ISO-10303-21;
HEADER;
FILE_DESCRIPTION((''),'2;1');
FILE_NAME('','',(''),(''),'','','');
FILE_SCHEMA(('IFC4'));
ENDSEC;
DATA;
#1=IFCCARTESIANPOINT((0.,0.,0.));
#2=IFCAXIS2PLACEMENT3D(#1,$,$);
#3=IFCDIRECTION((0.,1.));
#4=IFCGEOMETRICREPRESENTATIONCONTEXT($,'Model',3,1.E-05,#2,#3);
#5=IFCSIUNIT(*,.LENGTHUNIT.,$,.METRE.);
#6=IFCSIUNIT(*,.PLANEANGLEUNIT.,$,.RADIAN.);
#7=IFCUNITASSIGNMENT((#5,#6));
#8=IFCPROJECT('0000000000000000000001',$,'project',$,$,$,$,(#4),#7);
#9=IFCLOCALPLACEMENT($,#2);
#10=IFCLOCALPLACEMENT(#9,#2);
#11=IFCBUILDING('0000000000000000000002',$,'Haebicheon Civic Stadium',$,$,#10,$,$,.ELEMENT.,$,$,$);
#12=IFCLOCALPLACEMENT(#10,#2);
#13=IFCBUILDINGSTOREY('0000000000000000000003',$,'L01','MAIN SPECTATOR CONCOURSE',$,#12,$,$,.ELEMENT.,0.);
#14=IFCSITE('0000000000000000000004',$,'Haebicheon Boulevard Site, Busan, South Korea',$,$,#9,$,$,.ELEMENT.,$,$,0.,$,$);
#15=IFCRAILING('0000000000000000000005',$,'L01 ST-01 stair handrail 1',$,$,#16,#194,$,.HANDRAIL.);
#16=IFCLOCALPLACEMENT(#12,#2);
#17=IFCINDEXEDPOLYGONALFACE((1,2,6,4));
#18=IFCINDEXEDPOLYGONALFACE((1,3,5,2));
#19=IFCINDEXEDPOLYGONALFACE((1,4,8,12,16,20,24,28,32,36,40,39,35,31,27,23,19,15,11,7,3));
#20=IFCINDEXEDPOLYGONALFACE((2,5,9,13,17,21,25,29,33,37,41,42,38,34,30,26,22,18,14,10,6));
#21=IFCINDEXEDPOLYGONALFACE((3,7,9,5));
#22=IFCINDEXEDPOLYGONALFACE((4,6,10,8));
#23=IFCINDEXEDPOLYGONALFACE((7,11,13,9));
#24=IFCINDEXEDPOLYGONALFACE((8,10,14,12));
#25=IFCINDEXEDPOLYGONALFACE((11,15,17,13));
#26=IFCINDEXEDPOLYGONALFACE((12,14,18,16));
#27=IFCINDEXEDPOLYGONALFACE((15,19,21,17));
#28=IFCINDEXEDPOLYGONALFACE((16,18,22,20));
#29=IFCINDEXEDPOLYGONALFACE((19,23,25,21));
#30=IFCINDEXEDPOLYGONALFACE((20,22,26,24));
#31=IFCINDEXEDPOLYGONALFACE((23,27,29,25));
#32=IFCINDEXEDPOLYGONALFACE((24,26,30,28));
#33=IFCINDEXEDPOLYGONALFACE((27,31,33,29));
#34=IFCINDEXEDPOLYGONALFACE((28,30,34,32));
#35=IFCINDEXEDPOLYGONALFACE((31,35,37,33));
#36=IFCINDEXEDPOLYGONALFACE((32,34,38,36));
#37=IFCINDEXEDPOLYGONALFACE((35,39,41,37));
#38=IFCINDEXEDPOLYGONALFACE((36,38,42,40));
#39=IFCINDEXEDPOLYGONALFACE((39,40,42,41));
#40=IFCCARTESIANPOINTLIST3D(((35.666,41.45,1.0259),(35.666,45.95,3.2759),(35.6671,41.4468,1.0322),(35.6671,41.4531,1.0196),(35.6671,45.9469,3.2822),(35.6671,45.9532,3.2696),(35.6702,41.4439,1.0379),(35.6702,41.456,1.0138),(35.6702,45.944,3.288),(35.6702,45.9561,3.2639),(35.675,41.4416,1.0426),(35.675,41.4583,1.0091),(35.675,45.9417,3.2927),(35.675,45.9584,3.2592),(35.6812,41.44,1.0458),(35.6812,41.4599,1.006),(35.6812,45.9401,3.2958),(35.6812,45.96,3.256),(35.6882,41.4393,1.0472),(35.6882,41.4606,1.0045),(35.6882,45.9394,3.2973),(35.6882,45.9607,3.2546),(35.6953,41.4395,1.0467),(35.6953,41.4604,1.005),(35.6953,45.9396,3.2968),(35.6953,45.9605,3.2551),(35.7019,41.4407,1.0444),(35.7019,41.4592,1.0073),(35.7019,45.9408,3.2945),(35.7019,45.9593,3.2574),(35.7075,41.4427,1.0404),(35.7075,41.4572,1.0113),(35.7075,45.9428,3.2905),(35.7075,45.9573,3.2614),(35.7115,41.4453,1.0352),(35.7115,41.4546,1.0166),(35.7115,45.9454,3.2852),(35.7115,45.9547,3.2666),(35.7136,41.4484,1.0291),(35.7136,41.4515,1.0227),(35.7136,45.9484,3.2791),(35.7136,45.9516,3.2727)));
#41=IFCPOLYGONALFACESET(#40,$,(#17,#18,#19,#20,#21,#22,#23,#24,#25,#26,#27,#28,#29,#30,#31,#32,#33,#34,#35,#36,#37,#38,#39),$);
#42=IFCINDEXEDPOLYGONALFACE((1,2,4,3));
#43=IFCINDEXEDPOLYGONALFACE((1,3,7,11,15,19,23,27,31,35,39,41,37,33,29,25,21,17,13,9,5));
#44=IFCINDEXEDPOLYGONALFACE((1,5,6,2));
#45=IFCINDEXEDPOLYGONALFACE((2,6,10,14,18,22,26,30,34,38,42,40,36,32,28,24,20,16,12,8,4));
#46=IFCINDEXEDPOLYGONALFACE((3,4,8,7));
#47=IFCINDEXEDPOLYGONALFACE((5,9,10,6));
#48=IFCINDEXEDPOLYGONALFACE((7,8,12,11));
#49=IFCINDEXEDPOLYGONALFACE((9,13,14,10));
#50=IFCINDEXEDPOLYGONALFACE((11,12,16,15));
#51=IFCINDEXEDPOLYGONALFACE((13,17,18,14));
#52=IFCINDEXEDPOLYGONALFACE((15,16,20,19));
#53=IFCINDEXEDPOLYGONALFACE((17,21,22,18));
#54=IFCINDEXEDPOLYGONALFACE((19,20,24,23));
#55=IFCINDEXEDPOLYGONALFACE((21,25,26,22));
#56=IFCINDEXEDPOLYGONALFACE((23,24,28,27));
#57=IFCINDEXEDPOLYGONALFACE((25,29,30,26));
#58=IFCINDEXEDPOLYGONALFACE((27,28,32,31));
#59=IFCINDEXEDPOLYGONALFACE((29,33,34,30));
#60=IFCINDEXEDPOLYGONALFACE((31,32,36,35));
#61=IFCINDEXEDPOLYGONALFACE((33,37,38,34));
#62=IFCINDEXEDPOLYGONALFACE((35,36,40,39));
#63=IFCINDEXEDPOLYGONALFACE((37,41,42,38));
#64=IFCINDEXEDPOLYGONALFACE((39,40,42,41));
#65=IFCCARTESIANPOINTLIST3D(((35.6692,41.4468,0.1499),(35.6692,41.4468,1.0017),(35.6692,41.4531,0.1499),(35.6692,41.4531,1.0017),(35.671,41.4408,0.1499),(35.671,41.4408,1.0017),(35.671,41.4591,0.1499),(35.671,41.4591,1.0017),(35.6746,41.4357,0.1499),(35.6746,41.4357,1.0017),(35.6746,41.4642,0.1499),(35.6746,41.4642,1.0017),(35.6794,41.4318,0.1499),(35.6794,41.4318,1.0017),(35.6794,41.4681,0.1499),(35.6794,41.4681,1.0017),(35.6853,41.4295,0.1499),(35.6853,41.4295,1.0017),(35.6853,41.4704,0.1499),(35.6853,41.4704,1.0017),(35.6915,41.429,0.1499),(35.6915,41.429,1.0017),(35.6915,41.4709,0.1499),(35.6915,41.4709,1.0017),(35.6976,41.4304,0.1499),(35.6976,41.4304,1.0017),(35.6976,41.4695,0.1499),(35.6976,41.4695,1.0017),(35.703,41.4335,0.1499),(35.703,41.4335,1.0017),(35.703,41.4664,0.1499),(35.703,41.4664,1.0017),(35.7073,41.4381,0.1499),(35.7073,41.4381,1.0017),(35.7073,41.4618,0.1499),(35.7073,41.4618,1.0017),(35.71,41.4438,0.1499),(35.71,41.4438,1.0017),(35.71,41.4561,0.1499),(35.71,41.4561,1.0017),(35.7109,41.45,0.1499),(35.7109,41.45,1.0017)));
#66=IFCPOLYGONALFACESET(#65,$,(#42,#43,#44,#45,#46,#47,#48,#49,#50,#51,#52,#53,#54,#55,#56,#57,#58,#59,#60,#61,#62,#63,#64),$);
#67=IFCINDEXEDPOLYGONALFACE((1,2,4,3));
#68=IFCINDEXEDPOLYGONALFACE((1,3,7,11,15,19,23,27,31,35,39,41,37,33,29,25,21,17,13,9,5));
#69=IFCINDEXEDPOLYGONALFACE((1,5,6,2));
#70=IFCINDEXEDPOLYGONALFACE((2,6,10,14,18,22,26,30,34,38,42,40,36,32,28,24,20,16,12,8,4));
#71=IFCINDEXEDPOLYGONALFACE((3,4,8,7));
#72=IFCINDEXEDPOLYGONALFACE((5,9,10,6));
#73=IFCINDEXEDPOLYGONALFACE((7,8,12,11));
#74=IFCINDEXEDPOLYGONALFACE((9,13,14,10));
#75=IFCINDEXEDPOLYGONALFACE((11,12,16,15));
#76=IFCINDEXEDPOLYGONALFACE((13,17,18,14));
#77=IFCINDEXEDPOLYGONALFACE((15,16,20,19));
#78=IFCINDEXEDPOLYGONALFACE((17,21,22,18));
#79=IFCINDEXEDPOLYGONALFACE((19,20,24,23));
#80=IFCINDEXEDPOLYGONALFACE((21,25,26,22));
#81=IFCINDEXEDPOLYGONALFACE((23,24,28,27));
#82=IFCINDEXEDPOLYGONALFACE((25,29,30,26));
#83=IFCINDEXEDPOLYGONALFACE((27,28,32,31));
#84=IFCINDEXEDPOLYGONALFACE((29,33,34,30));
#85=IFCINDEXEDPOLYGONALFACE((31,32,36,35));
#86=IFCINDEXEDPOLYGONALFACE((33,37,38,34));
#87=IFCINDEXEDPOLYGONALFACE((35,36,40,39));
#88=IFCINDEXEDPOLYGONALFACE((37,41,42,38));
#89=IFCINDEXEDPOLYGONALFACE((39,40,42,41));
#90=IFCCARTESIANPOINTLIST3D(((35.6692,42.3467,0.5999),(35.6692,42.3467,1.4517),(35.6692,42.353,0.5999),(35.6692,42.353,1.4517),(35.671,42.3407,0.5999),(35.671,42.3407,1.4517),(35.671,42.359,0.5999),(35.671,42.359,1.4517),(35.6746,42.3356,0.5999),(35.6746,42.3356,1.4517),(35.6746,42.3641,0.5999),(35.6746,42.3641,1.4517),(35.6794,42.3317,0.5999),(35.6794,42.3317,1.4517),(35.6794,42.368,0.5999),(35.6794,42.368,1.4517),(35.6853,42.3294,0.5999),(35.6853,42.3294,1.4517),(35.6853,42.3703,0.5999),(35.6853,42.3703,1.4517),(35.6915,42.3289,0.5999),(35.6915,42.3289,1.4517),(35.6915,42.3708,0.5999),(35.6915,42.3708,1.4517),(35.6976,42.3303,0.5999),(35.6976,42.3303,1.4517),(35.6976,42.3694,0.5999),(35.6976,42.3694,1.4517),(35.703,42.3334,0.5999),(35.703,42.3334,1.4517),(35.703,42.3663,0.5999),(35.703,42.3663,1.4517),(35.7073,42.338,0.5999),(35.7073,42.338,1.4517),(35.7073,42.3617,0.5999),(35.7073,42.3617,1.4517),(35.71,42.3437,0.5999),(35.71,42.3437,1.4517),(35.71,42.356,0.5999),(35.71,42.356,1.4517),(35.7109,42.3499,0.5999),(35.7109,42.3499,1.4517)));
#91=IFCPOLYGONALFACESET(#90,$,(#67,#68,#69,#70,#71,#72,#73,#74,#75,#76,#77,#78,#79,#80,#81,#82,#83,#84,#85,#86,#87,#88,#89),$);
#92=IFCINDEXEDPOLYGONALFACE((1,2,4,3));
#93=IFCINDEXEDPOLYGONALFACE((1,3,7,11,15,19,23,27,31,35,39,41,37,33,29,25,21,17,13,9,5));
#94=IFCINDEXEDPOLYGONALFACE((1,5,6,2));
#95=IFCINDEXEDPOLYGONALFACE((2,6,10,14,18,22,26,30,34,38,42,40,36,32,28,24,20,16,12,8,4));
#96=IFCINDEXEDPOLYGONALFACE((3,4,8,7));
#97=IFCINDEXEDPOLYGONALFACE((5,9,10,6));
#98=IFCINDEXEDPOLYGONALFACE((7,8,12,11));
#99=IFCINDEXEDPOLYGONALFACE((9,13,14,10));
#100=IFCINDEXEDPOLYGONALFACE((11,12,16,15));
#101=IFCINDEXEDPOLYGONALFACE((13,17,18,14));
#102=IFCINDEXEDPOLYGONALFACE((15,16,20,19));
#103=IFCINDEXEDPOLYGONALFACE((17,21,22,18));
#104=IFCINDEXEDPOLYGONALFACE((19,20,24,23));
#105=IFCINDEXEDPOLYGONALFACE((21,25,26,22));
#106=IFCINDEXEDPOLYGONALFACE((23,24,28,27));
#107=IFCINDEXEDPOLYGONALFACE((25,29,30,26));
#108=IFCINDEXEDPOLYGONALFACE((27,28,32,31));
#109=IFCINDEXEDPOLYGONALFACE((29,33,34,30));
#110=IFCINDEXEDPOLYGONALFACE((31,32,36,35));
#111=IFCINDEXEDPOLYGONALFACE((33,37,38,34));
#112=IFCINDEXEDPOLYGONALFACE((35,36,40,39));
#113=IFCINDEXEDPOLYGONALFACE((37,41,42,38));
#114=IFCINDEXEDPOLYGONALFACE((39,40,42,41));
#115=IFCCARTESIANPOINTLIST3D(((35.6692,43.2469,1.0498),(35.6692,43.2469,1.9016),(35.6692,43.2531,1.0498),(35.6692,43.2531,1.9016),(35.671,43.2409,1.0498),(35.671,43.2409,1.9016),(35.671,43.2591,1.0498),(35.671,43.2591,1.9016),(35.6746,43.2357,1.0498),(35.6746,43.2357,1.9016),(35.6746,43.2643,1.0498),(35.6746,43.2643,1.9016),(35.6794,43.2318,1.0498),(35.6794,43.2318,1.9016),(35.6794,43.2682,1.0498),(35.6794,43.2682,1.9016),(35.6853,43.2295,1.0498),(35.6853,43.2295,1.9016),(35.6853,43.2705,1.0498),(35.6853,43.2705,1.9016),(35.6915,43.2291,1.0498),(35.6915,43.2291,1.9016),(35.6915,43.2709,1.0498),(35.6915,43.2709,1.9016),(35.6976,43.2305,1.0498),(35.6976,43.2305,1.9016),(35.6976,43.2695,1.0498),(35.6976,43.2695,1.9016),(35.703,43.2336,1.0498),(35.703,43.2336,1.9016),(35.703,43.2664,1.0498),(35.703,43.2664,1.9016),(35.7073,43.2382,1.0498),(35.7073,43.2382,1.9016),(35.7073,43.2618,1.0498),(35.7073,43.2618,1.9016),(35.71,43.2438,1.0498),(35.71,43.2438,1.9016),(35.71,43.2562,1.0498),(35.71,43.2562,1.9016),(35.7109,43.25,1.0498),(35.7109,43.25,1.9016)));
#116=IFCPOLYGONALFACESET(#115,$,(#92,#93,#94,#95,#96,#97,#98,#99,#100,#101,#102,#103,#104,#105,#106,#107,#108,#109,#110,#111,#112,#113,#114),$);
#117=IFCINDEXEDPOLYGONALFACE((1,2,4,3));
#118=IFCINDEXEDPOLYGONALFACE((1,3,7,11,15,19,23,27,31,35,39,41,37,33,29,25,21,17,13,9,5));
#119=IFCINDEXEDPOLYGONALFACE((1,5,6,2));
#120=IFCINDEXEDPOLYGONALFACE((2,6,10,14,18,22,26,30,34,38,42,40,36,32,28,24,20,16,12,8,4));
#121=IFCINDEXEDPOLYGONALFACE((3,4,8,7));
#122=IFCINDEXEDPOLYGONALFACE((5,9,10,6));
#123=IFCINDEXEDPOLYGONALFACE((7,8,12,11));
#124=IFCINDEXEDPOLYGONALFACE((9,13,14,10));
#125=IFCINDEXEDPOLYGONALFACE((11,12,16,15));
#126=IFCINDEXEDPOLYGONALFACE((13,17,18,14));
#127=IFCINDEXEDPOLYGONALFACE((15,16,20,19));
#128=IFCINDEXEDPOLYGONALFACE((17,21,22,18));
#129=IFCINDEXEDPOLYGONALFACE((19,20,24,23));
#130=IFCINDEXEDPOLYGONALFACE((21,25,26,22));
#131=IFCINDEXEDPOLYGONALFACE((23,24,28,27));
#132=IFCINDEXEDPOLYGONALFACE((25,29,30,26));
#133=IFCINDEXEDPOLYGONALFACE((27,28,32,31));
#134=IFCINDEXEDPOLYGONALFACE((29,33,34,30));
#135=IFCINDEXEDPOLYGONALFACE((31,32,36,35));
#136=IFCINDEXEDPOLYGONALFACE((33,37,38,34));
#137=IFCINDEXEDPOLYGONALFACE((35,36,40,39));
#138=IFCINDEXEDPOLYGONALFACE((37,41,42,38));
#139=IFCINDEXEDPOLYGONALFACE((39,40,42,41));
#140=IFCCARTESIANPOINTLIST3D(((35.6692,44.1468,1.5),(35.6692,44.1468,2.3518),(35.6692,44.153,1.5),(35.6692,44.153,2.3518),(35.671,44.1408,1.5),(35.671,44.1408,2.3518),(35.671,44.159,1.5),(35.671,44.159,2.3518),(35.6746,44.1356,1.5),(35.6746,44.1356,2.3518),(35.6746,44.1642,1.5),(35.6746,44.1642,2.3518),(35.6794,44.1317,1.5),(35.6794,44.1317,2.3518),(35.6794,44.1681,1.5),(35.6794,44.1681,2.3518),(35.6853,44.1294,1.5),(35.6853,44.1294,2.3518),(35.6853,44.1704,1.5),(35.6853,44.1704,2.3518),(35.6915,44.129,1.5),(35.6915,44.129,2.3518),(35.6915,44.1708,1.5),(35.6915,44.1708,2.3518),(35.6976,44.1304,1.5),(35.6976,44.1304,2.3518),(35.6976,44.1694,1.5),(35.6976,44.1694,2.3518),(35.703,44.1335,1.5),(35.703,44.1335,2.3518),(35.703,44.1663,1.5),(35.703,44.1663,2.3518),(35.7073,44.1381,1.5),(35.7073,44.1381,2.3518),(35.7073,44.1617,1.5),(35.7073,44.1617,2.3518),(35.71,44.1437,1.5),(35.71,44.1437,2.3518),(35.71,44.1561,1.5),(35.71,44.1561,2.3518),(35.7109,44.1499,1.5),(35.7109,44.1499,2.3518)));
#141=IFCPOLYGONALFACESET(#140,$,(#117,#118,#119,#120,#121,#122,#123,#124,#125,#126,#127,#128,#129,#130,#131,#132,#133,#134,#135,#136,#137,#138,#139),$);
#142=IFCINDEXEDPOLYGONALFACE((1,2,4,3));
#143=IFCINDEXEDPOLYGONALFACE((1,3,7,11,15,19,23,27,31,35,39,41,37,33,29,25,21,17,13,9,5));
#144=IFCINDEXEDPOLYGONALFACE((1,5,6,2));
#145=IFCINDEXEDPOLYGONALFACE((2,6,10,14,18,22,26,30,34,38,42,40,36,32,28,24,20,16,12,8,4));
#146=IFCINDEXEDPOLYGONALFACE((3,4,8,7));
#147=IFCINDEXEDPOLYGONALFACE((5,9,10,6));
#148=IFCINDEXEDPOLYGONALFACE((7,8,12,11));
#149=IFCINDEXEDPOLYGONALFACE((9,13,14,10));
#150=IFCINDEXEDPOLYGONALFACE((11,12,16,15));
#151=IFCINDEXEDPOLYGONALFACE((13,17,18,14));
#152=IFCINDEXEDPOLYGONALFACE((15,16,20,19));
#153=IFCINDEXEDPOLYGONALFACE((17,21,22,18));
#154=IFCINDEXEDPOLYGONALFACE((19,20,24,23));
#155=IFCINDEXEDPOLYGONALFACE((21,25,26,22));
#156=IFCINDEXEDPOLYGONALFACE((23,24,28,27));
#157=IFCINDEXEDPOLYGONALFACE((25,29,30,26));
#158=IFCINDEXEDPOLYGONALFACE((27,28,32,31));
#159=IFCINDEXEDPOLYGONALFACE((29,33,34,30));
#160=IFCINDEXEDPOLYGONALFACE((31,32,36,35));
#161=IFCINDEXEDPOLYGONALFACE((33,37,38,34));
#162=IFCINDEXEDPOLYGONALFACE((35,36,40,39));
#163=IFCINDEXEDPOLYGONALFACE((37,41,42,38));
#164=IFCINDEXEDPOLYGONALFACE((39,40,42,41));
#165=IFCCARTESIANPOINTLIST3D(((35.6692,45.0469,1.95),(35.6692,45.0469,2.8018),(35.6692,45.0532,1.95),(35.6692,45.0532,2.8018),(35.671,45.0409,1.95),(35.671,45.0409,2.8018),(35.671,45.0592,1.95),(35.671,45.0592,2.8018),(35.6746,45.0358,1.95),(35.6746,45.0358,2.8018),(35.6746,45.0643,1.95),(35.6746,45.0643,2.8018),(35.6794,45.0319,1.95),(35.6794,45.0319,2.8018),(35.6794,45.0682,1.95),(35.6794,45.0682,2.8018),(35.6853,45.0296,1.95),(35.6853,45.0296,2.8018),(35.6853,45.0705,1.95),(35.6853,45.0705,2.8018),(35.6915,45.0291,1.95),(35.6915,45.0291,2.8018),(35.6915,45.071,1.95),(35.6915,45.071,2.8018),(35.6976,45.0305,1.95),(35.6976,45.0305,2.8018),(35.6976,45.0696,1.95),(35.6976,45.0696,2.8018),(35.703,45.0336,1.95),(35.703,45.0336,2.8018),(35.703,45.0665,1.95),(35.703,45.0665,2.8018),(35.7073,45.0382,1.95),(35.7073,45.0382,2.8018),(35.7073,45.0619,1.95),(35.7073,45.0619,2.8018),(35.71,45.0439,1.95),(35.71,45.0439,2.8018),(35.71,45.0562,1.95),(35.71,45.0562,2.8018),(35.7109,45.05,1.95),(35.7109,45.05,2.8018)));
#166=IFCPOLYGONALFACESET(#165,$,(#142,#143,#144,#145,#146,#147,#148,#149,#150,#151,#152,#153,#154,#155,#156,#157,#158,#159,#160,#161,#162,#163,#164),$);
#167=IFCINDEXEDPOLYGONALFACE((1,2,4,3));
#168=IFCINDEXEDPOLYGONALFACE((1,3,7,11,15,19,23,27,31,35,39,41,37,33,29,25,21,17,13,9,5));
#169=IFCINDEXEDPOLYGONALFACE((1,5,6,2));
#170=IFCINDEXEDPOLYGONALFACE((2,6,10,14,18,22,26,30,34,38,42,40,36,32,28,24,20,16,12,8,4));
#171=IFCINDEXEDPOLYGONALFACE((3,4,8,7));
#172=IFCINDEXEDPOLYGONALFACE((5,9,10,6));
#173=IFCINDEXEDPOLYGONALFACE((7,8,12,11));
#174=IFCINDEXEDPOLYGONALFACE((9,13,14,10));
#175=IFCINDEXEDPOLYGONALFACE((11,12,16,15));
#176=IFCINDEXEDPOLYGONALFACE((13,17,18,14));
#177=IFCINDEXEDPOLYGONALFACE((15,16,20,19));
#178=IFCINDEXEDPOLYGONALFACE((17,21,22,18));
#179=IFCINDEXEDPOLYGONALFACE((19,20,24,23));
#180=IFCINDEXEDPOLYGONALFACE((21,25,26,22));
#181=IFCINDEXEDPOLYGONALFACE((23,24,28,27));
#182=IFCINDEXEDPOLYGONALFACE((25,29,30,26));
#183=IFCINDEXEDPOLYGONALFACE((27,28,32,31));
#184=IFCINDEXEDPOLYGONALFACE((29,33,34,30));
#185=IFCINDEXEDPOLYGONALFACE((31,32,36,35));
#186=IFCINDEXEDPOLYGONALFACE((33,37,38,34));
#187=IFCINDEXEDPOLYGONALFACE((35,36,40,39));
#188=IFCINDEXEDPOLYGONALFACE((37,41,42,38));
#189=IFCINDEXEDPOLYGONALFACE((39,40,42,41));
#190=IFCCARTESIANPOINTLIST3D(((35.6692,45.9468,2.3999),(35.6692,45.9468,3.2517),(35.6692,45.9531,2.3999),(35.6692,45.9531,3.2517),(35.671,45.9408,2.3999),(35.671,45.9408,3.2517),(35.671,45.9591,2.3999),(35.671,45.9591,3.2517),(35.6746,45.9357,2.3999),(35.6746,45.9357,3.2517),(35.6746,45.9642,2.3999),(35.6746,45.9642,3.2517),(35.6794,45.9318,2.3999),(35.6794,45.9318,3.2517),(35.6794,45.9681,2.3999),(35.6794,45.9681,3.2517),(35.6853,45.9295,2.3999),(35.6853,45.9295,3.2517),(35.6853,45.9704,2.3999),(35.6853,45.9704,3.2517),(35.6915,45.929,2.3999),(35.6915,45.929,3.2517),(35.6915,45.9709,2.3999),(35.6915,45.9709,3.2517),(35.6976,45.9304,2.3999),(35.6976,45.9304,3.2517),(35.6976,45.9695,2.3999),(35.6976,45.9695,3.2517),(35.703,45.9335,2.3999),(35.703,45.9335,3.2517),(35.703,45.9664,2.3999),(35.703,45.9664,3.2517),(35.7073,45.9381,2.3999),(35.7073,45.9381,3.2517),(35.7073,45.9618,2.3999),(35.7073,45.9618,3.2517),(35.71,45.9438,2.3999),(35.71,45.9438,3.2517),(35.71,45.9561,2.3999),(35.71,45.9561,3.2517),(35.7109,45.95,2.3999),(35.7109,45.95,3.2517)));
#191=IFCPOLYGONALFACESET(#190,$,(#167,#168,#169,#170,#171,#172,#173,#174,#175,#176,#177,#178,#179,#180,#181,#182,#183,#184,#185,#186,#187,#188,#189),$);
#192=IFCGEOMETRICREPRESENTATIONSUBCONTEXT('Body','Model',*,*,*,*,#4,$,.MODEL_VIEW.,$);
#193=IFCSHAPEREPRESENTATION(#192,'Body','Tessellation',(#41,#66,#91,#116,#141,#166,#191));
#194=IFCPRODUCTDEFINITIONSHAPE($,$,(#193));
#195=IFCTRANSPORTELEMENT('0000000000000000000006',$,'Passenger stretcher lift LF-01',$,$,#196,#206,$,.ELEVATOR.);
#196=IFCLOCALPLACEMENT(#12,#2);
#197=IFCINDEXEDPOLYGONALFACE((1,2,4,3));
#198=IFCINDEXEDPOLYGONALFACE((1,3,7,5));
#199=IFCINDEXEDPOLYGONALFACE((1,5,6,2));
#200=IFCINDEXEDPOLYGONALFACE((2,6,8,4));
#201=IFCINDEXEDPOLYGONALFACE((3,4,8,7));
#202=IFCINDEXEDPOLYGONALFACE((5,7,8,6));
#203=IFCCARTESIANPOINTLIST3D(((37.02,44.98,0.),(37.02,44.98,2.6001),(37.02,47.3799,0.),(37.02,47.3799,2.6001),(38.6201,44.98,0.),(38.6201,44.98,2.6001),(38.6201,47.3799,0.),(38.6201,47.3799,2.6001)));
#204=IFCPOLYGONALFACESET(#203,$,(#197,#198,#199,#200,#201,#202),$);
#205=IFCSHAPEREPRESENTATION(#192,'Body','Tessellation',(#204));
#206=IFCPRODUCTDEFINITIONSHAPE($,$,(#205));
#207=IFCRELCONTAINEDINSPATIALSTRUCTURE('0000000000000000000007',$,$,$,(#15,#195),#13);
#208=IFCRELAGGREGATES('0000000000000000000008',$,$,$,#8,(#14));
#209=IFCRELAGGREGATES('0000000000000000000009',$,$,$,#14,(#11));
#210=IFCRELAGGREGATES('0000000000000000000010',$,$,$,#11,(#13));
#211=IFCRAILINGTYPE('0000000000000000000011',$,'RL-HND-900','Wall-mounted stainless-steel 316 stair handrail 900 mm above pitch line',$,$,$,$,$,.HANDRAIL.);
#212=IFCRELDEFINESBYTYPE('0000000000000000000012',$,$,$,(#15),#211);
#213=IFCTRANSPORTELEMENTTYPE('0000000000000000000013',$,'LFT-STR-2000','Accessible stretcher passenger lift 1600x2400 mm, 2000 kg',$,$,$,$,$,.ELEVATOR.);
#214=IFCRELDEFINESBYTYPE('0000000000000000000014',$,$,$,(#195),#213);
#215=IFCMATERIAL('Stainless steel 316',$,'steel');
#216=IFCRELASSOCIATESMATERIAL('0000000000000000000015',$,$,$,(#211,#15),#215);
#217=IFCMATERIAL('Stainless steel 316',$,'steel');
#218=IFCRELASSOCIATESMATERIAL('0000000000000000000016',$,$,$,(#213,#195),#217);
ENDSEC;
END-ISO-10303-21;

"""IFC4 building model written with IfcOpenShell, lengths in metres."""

from ifc_helpers import new_model, si_unit, direction, frame, origin, origin_2d, place, context, subcontext, project, spatial, rectangle, circle, extrude, material, type_object, element, save


model = new_model("IFC4")

# Units and contexts
model_context = context("Model", 3, precision=1e-05, world=origin(), true_north=direction((0.0, 1.0)))
body_context = subcontext(model_context, "Body", "Model", "MODEL_VIEW")
ifc_project = project(units=[si_unit("LENGTHUNIT", "METRE"), si_unit("PLANEANGLEUNIT", "RADIAN")], contexts=[model_context])

# Site, building, storey
site_placement = place(None, origin())
site = spatial("IfcSite", under=ifc_project, at=site_placement, Name="Haebicheon Boulevard Site, Busan, South Korea", CompositionType="ELEMENT", RefElevation=0.0)
building_placement = place(site_placement, origin())
building = spatial("IfcBuilding", under=site, at=building_placement, Name="Haebicheon Civic Stadium", CompositionType="ELEMENT")
storey_placement = place(building_placement, origin())
storey = spatial("IfcBuildingStorey", under=building, at=storey_placement, Name="L01", Description="MAIN SPECTATOR CONCOURSE", CompositionType="ELEMENT", Elevation=0.0)

# Railing
ifc_material_1 = material(Name="Stainless steel 316", Category="steel")
railing_type_1 = type_object("IfcRailingType", Name="RL-HND-900", Description="Wall-mounted stainless-steel 316 stair handrail 900 mm above pitch line", PredefinedType="HANDRAIL", material=ifc_material_1)
railing_1_placement = place(storey_placement, frame((35.6899, 41.45, 0.1499)))
element("IfcRailing", 1, at=railing_1_placement, inside=storey, type_object=railing_type_1, material=ifc_material_1, Name="L01 ST-01 stair handrail 1", PredefinedType="HANDRAIL", context=body_context, shape_type="SweptSolid", body=[
    extrude(circle(Radius=0.0239, at=origin_2d()), frame((0.0, 0.0, 0.876), z_axis=(0.0, 0.894427, 0.447214), x_axis=(-1.0, 0.0, 0.0)), (0.0, 0.0, 1.0), 5.0312),
    extrude(circle(Radius=0.021, at=origin_2d()), origin(), (0.0, 0.0, 1.0), 0.8518),
    extrude(circle(Radius=0.021, at=origin_2d()), frame((0.0, 0.8999, 0.45)), (0.0, 0.0, 1.0), 0.8518),
    extrude(circle(Radius=0.021, at=origin_2d()), frame((0.0, 1.8, 0.8999)), (0.0, 0.0, 1.0), 0.8518),
    extrude(circle(Radius=0.021, at=origin_2d()), frame((0.0, 2.7, 1.3501)), (0.0, 0.0, 1.0), 0.8518),
    extrude(circle(Radius=0.021, at=origin_2d()), frame((0.0, 3.6001, 1.8)), (0.0, 0.0, 1.0), 0.8518),
    extrude(circle(Radius=0.021, at=origin_2d()), frame((0.0, 4.5, 2.25)), (0.0, 0.0, 1.0), 0.8518),
])

# Transport element
ifc_material_2 = material(Name="Stainless steel 316", Category="steel")
transport_element_type = type_object("IfcTransportElementType", Name="LFT-STR-2000", Description="Accessible stretcher passenger lift 1600x2400 mm, 2000 kg", PredefinedType="ELEVATOR", material=ifc_material_2)
transport_element_placement = place(storey_placement, frame((37.8201, 46.1799, 0.0), z_axis=(0.0, 0.0, 1.0), x_axis=(1.0, 0.0, 0.0)))
element("IfcTransportElement", 2, at=transport_element_placement, inside=storey, type_object=transport_element_type, material=ifc_material_2, Name="Passenger stretcher lift LF-01", PredefinedType="ELEVATOR", context=body_context, shape_type="SweptSolid", body=[
    extrude(rectangle(XDim=1.6001, YDim=2.3999, at=origin_2d()), origin(), (0.0, 0.0, 1.0), 2.6001),
])

save(model, "model.ifc")
